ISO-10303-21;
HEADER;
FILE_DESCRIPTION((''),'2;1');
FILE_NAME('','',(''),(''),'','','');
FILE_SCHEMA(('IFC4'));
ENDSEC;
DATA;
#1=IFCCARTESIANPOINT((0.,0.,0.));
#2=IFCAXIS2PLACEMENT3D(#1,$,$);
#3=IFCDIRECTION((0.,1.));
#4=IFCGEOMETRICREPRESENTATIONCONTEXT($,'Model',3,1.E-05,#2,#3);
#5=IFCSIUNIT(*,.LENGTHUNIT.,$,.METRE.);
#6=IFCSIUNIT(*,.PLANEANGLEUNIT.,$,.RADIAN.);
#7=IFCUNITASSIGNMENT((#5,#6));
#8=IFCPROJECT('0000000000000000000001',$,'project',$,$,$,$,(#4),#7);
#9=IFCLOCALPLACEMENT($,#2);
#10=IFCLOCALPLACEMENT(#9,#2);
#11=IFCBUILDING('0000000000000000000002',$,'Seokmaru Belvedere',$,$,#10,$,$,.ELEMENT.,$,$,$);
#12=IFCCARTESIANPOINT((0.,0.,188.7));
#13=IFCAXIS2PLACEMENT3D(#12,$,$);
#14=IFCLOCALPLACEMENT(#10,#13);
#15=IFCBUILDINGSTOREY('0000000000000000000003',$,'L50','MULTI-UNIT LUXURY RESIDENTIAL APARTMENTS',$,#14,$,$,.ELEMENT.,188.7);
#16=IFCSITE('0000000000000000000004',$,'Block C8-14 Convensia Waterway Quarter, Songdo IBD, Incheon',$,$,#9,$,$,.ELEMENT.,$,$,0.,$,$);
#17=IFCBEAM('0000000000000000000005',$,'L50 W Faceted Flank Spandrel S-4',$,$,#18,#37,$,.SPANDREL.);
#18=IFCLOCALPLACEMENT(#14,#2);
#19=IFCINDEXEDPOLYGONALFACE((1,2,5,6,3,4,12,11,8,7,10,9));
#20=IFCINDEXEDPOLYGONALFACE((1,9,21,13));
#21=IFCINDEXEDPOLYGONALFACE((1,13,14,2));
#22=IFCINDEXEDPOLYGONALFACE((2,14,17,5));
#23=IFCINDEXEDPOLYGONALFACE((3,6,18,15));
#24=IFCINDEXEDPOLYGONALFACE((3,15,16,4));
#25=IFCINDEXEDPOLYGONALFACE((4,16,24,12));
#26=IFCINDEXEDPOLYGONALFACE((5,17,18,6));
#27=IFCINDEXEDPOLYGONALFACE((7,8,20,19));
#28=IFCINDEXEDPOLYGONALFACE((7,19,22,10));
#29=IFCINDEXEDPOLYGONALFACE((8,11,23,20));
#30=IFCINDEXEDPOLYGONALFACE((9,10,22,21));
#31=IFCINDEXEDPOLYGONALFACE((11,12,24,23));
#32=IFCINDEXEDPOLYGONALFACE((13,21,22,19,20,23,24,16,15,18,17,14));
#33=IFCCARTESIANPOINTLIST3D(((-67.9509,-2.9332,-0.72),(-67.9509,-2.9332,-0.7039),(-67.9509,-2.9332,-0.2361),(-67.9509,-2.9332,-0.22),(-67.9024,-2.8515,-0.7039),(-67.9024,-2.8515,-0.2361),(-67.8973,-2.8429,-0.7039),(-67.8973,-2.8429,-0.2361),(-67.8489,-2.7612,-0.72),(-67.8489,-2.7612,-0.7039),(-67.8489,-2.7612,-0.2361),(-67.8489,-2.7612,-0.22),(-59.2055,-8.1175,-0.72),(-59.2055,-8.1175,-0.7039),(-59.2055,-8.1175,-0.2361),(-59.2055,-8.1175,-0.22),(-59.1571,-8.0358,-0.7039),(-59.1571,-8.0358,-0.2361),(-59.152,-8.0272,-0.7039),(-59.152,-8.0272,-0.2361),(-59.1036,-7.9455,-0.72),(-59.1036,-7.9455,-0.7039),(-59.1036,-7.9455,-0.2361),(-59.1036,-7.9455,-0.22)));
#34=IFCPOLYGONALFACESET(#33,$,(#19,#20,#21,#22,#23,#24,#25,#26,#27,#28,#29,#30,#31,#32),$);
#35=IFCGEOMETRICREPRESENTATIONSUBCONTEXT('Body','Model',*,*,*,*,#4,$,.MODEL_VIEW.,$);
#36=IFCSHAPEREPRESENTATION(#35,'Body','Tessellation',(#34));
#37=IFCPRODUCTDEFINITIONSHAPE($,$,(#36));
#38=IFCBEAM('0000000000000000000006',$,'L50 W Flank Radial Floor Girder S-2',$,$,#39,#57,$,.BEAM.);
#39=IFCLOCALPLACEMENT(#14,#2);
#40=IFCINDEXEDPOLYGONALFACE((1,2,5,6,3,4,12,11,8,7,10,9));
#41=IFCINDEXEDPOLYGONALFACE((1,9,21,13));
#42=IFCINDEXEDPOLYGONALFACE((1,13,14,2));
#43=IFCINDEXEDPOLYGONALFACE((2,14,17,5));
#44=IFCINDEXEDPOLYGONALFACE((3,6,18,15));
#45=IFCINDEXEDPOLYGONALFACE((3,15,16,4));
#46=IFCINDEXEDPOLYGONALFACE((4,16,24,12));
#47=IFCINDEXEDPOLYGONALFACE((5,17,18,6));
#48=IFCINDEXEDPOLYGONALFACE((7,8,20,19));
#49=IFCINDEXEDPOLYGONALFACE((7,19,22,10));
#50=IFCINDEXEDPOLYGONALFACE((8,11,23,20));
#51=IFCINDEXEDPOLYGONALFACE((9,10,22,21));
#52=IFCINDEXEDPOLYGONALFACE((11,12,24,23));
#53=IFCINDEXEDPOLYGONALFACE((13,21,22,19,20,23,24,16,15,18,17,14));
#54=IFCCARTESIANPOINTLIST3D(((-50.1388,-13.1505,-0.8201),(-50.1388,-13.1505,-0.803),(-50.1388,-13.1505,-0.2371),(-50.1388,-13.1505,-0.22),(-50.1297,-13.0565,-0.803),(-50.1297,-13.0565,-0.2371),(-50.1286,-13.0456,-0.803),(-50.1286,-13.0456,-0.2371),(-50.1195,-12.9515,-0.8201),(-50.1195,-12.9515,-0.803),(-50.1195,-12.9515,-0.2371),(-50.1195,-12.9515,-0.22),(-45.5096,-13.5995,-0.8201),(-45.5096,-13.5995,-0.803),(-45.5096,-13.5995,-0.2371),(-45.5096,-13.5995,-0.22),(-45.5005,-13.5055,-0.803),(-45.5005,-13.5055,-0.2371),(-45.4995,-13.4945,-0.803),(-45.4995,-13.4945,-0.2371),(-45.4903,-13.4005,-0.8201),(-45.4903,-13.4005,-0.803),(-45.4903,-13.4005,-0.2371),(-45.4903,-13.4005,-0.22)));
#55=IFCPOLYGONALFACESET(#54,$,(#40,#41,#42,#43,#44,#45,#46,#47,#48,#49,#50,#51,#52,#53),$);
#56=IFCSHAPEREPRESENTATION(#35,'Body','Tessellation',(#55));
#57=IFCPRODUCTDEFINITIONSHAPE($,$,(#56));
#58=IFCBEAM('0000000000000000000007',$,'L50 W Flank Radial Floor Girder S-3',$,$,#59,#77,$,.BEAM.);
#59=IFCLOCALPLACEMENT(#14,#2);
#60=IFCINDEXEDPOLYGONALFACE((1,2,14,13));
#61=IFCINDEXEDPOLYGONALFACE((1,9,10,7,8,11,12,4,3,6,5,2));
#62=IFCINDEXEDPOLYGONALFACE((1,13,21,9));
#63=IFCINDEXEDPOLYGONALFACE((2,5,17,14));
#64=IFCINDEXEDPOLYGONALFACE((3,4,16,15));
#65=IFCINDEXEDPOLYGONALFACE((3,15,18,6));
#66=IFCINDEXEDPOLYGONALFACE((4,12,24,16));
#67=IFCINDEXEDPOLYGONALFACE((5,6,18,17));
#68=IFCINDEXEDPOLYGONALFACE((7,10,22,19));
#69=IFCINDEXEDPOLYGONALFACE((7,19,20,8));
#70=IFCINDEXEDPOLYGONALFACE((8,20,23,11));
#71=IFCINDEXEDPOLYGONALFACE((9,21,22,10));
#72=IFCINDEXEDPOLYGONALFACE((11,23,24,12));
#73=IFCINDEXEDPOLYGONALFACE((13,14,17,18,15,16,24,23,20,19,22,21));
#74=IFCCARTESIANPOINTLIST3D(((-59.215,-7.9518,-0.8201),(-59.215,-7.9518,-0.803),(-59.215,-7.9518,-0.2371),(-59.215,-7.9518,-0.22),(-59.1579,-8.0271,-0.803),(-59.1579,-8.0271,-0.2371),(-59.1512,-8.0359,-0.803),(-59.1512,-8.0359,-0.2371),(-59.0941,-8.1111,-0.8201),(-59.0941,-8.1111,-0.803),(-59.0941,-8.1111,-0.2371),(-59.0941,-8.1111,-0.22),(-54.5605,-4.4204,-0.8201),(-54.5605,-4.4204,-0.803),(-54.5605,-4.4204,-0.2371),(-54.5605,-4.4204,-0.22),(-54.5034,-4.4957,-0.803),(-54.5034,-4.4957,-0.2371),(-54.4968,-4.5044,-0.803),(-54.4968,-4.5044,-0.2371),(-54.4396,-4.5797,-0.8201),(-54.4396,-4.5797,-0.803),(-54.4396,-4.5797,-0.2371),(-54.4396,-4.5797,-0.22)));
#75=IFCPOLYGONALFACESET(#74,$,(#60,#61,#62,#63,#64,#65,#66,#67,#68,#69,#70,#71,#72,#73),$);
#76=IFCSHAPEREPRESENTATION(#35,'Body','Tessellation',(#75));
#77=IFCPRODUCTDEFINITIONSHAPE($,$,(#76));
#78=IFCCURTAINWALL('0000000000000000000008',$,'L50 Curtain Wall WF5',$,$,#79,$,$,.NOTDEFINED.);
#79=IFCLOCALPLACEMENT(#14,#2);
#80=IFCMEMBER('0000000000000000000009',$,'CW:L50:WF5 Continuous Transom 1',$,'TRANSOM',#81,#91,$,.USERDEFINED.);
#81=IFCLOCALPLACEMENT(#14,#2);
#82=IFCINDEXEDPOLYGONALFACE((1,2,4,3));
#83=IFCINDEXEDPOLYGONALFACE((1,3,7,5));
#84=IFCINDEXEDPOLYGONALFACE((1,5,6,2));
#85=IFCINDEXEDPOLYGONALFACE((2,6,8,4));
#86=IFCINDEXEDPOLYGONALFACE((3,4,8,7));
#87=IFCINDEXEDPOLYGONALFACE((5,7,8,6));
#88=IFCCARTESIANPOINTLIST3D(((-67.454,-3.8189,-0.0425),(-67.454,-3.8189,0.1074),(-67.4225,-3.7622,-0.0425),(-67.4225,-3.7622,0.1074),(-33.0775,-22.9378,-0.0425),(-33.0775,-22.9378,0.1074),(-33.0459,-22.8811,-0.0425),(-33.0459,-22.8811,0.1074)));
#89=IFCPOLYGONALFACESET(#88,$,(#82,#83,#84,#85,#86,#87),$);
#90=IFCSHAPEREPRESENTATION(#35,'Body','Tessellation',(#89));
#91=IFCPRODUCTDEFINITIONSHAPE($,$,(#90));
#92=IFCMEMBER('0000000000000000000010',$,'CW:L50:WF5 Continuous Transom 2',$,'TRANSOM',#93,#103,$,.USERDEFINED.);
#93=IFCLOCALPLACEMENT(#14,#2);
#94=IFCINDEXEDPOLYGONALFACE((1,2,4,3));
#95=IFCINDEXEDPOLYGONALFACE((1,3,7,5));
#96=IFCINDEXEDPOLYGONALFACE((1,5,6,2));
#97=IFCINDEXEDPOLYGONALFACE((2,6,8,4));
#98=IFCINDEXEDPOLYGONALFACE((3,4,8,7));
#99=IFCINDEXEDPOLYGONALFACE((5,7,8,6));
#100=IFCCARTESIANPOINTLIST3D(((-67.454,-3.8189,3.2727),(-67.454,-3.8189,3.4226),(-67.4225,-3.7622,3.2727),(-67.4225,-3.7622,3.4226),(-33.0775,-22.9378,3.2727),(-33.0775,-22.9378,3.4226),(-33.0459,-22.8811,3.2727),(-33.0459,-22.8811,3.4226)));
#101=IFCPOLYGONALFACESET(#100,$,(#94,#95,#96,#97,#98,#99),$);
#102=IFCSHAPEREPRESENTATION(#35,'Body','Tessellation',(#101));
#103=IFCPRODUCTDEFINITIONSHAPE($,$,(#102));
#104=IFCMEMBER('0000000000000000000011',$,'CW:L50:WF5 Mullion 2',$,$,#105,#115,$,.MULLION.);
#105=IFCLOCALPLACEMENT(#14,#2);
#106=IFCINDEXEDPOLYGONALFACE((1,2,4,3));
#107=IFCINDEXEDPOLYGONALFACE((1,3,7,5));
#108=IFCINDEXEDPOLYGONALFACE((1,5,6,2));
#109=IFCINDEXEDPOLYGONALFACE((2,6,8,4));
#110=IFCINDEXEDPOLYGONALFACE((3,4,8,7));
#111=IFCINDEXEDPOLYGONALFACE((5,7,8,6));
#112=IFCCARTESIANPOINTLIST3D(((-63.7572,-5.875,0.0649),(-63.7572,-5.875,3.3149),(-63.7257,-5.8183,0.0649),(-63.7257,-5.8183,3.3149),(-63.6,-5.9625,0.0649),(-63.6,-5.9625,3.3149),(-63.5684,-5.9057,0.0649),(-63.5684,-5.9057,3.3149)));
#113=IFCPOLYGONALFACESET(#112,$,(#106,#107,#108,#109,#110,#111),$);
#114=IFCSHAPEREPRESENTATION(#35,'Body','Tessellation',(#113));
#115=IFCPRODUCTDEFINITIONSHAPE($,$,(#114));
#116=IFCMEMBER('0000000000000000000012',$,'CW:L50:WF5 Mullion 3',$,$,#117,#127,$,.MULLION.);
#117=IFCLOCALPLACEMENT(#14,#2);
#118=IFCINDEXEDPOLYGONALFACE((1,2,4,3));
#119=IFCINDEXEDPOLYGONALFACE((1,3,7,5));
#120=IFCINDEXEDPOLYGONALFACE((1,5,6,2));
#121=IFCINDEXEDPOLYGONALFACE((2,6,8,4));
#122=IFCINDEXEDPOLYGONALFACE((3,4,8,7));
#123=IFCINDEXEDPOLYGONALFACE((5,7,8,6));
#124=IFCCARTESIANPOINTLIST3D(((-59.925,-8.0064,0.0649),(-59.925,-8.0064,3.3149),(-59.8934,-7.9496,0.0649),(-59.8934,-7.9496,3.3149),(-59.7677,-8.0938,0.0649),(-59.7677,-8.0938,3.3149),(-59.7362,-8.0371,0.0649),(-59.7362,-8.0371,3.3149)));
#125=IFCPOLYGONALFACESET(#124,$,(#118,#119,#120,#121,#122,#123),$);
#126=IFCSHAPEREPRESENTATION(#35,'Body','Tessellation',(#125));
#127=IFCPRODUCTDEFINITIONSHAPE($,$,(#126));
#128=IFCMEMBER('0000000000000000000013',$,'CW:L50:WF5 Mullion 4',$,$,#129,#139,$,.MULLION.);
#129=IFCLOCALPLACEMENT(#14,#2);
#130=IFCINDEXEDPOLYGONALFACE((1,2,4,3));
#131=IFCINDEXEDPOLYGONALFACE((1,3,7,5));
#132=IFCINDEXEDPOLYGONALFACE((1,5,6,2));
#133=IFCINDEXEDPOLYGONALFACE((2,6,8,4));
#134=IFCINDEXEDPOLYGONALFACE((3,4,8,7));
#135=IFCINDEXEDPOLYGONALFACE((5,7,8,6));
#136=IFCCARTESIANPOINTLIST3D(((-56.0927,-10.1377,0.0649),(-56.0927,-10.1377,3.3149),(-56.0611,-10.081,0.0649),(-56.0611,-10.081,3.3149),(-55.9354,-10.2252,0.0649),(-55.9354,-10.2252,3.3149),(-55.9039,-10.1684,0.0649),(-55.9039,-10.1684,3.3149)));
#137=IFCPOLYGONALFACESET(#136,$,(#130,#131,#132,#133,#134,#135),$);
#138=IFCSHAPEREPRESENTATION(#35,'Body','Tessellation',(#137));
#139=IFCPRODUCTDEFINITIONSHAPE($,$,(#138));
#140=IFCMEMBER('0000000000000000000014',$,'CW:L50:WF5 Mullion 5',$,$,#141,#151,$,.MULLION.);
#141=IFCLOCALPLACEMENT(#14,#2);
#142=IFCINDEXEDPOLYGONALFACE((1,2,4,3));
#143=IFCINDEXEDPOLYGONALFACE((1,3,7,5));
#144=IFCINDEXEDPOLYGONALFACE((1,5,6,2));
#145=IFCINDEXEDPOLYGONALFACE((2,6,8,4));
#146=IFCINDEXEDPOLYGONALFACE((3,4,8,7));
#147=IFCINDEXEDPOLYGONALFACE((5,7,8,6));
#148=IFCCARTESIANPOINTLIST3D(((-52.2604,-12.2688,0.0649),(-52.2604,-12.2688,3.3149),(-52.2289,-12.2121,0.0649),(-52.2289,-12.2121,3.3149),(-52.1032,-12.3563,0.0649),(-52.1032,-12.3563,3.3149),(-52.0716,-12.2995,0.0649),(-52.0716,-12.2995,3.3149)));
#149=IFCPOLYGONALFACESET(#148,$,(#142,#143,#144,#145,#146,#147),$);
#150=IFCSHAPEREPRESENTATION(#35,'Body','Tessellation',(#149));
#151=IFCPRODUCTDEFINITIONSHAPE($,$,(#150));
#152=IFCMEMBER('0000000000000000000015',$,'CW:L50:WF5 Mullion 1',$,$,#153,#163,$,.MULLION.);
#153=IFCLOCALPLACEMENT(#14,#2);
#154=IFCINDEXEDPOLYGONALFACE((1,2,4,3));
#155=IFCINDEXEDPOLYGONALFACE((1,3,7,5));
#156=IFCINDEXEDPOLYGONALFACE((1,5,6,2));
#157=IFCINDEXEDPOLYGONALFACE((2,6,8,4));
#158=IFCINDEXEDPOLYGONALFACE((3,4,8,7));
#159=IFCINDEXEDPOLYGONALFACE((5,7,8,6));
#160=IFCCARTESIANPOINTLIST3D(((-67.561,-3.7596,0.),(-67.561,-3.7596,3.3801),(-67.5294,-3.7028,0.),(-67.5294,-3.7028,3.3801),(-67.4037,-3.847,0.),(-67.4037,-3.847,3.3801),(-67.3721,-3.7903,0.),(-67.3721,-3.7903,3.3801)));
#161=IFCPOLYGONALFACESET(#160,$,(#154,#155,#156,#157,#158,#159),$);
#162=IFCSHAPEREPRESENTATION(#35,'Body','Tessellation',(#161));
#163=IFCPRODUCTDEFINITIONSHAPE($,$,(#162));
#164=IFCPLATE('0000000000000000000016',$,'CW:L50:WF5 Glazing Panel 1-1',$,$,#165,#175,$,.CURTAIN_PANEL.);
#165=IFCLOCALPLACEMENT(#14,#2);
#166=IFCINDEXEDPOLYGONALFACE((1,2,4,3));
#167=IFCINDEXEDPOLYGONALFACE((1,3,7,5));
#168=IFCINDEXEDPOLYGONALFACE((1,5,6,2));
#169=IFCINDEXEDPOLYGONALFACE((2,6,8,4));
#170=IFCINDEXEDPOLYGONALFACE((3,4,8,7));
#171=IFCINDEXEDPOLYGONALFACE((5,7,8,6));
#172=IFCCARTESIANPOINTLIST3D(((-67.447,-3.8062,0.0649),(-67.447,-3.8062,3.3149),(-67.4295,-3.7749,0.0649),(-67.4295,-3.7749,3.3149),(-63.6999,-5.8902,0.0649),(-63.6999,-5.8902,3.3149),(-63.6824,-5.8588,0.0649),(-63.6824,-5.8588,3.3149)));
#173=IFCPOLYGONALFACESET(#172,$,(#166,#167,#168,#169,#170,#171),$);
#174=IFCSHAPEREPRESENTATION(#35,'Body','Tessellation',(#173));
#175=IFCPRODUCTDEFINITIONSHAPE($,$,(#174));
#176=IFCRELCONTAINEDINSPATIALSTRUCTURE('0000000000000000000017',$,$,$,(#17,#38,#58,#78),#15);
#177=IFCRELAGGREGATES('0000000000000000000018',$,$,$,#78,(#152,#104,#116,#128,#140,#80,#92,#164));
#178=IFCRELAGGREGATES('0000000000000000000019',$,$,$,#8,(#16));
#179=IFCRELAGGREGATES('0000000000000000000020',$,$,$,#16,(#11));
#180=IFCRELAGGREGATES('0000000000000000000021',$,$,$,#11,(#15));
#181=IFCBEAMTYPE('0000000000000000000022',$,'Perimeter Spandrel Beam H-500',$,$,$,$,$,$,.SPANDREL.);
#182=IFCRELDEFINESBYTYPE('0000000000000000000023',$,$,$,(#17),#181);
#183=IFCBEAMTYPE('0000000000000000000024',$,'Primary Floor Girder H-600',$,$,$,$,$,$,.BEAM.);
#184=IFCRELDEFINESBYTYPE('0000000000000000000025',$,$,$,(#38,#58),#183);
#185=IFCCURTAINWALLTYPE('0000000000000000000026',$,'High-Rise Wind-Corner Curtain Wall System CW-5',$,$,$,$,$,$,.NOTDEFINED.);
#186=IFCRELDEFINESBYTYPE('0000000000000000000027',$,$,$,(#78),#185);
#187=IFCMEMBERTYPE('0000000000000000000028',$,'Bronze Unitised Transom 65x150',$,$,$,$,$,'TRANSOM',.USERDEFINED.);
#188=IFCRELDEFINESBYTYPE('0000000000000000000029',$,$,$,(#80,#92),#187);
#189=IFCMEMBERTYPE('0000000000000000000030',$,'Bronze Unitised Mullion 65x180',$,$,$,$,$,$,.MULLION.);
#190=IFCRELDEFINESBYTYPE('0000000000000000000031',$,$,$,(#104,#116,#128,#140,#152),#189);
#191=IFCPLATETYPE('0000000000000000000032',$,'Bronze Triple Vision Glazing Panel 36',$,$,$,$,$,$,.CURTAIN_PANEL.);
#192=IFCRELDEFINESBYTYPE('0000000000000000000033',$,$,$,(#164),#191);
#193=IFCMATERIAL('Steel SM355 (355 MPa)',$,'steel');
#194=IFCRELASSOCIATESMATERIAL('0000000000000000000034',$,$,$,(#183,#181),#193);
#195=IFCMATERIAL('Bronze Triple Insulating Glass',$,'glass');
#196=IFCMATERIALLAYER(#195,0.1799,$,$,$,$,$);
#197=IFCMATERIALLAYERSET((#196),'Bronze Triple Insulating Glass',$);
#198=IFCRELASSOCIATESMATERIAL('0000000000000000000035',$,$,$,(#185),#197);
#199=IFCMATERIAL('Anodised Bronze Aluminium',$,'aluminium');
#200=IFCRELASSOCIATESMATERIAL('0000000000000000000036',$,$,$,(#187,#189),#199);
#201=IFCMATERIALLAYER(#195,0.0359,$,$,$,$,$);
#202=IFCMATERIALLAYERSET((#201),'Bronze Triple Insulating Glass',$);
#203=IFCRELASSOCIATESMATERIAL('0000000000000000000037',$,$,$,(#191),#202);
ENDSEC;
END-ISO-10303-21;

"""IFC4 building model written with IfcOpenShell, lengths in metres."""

from ifc_helpers import new_model, si_unit, direction, frame, origin, origin_2d, place, context, subcontext, project, spatial, rectangle, i_section, extrude, source, transform, mapped, material, layer, layer_set, material_profile, profile_set, type_object, type_shapes, element, aggregate, save


model = new_model("IFC4")

# Units and contexts
model_context = context("Model", 3, precision=1e-05, world=origin(), true_north=direction((0.0, 1.0)))
body_context = subcontext(model_context, "Body", "Model", "MODEL_VIEW")
ifc_project = project(units=[si_unit("LENGTHUNIT", "METRE"), si_unit("PLANEANGLEUNIT", "RADIAN")], contexts=[model_context])

# Site, building, storey
site_placement = place(None, origin())
site = spatial("IfcSite", under=ifc_project, at=site_placement, Name="Block C8-14 Convensia Waterway Quarter, Songdo IBD, Incheon", CompositionType="ELEMENT", RefElevation=0.0)
building_placement = place(site_placement, origin())
building = spatial("IfcBuilding", under=site, at=building_placement, Name="Seokmaru Belvedere", CompositionType="ELEMENT")
storey_placement = place(building_placement, frame((0.0, 0.0, 188.7)))
storey = spatial("IfcBuildingStorey", under=building, at=storey_placement, Name="L50", Description="MULTI-UNIT LUXURY RESIDENTIAL APARTMENTS", CompositionType="ELEMENT", Elevation=188.7)

# Shared definitions
ifc_material_1 = material(Name="Steel SM355 (355 MPa)", Category="steel")

# Beams
ifc_material_profile_1 = material_profile(ifc_material_1, i_section(OverallWidth=0.2, OverallDepth=0.6001, WebThickness=0.011, FlangeThickness=0.0171, at=origin_2d()), Name="H-600x200x11x17")
ifc_profile_set_1 = profile_set([ifc_material_profile_1], Name="Steel SM355 (355 MPa)")
beam_type_1 = type_object("IfcBeamType", Name="Primary Floor Girder H-600", PredefinedType="BEAM", material=ifc_profile_set_1)
ifc_material_profile_2 = material_profile(ifc_material_1, i_section(OverallWidth=0.2, OverallDepth=0.5, WebThickness=0.01, FlangeThickness=0.0161, at=origin_2d()), Name="H-500x200x10x16")
ifc_profile_set_2 = profile_set([ifc_material_profile_2], Name="Steel SM355 (355 MPa)")
beam_type_2 = type_object("IfcBeamType", Name="Perimeter Spandrel Beam H-500", PredefinedType="SPANDREL", material=ifc_profile_set_2)
shared_shape_1 = source(origin(), body_context, "Body", "SweptSolid", [
    extrude(i_section(OverallWidth=0.2, OverallDepth=0.5, WebThickness=0.01, FlangeThickness=0.0161, at=origin_2d()), origin(), (0.0, 0.0, 1.0), 10.1665),
])
beam_1_placement = place(storey_placement, frame((-59.1545, -8.0315, -0.47), z_axis=(-0.86021, 0.50994, 0.0), x_axis=(-0.50994, -0.86021, 0.0)))
element("IfcBeam", 1, at=beam_1_placement, inside=storey, type_object=beam_type_2, Name="L50 W Faceted Flank Spandrel S-4", PredefinedType="SPANDREL", context=body_context, shape_type="MappedRepresentation", body=[
    mapped(shared_shape_1, transform((0.0, 0.0, 0.0), scale=1.0)),
])
shared_shape_2 = source(origin(), body_context, "Body", "SweptSolid", [
    extrude(i_section(OverallWidth=0.2, OverallDepth=0.6001, WebThickness=0.011, FlangeThickness=0.0171, at=origin_2d()), origin(), (0.0, 0.0, 1.0), 4.6509),
])
beam_2_placement = place(storey_placement, frame((-50.1292, -13.051, -0.52), z_axis=(0.99533, -0.096536, 0.0), x_axis=(0.096536, 0.99533, 0.0)))
element("IfcBeam", 2, at=beam_2_placement, inside=storey, type_object=beam_type_1, Name="L50 W Flank Radial Floor Girder S-2", PredefinedType="BEAM", context=body_context, shape_type="MappedRepresentation", body=[
    mapped(shared_shape_2, transform((0.0, 0.0, 0.0), scale=1.0)),
])
shared_shape_3 = source(origin(), body_context, "Body", "SweptSolid", [
    extrude(i_section(OverallWidth=0.2, OverallDepth=0.6001, WebThickness=0.011, FlangeThickness=0.0171, at=origin_2d()), origin(), (0.0, 0.0, 1.0), 5.8425),
])
beam_3_placement = place(storey_placement, frame((-59.1545, -8.0315, -0.52), z_axis=(0.796653, 0.604437, 0.0), x_axis=(-0.604437, 0.796653, 0.0)))
element("IfcBeam", 3, at=beam_3_placement, inside=storey, type_object=beam_type_1, Name="L50 W Flank Radial Floor Girder S-3", PredefinedType="BEAM", context=body_context, shape_type="MappedRepresentation", body=[
    mapped(shared_shape_3, transform((0.0, 0.0, 0.0), scale=1.0)),
])

# Curtain wall, members, plate
ifc_material_2 = material(Name="Bronze Triple Insulating Glass", Category="glass")
ifc_layer_1 = layer(ifc_material_2, 0.1799)
ifc_layer_set_1 = layer_set([ifc_layer_1], Name="Bronze Triple Insulating Glass")
curtain_wall_type = type_object("IfcCurtainWallType", Name="High-Rise Wind-Corner Curtain Wall System CW-5", PredefinedType="NOTDEFINED", material=ifc_layer_set_1)
curtain_wall_placement = place(storey_placement, origin())
curtain_wall = element("IfcCurtainWall", 4, at=curtain_wall_placement, inside=storey, type_object=curtain_wall_type, Name="L50 Curtain Wall WF5", PredefinedType="NOTDEFINED")
ifc_material_3 = material(Name="Anodised Bronze Aluminium", Category="aluminium")
ifc_material_profile_3 = material_profile(ifc_material_3, rectangle(XDim=0.0649, YDim=0.1499, at=origin_2d()), Name="CW-T-65x150")
ifc_profile_set_3 = profile_set([ifc_material_profile_3], Name="Anodised Bronze Aluminium")
member_type_1 = type_object("IfcMemberType", Name="Bronze Unitised Transom 65x150", ElementType="TRANSOM", PredefinedType="USERDEFINED", material=ifc_profile_set_3)
shared_shape_4 = source(origin(), body_context, "Body", "SweptSolid", [
    extrude(rectangle(XDim=0.0649, YDim=0.1499, at=origin_2d()), origin(), (0.0, 0.0, 1.0), 39.3354),
])
type_shapes(member_type_1, [shared_shape_4])
member_1_placement = place(storey_placement, frame((-67.4382, -3.7905, 0.0325), z_axis=(0.873932, -0.486048, 0.0), x_axis=(0.486048, 0.873932, 0.0)))
member_1 = element("IfcMember", 5, at=member_1_placement, type_object=member_type_1, Name="CW:L50:WF5 Continuous Transom 1", ObjectType="TRANSOM", PredefinedType="USERDEFINED", context=body_context, shape_type="MappedRepresentation", body=[
    mapped(shared_shape_4, transform((0.0, 0.0, 0.0), scale=1.0)),
])
member_2_placement = place(storey_placement, frame((-67.4382, -3.7905, 3.3477), z_axis=(0.873932, -0.486048, 0.0), x_axis=(0.486048, 0.873932, 0.0)))
member_2 = element("IfcMember", 6, at=member_2_placement, type_object=member_type_1, Name="CW:L50:WF5 Continuous Transom 2", ObjectType="TRANSOM", PredefinedType="USERDEFINED", context=body_context, shape_type="MappedRepresentation", body=[
    mapped(shared_shape_4, transform((0.0, 0.0, 0.0), scale=1.0)),
])
ifc_material_profile_4 = material_profile(ifc_material_3, rectangle(XDim=0.0649, YDim=0.1799, at=origin_2d()), Name="CW-M-65x180")
ifc_profile_set_4 = profile_set([ifc_material_profile_4], Name="Anodised Bronze Aluminium")
member_type_2 = type_object("IfcMemberType", Name="Bronze Unitised Mullion 65x180", PredefinedType="MULLION", material=ifc_profile_set_4)
shared_shape_5 = source(origin(), body_context, "Body", "SweptSolid", [
    extrude(rectangle(XDim=0.0649, YDim=0.1799, at=origin_2d()), origin(), (0.0, 0.0, 1.0), 3.25),
])
member_3_placement = place(storey_placement, frame((-63.6628, -5.8904, 0.0649), z_axis=(0.0, 0.0, 1.0), x_axis=(0.486047, 0.873933, 0.0)))
member_3 = element("IfcMember", 7, at=member_3_placement, type_object=member_type_2, Name="CW:L50:WF5 Mullion 2", PredefinedType="MULLION", context=body_context, shape_type="MappedRepresentation", body=[
    mapped(shared_shape_5, transform((0.0, 0.0, 0.0), scale=1.0)),
])
member_4_placement = place(storey_placement, frame((-59.8306, -8.0217, 0.0649), z_axis=(0.0, 0.0, 1.0), x_axis=(0.486047, 0.873933, 0.0)))
member_4 = element("IfcMember", 8, at=member_4_placement, type_object=member_type_2, Name="CW:L50:WF5 Mullion 3", PredefinedType="MULLION", context=body_context, shape_type="MappedRepresentation", body=[
    mapped(shared_shape_5, transform((0.0, 0.0, 0.0), scale=1.0)),
])
member_5_placement = place(storey_placement, frame((-55.9983, -10.1531, 0.0649), z_axis=(0.0, 0.0, 1.0), x_axis=(0.486047, 0.873933, 0.0)))
member_5 = element("IfcMember", 9, at=member_5_placement, type_object=member_type_2, Name="CW:L50:WF5 Mullion 4", PredefinedType="MULLION", context=body_context, shape_type="MappedRepresentation", body=[
    mapped(shared_shape_5, transform((0.0, 0.0, 0.0), scale=1.0)),
])
member_6_placement = place(storey_placement, frame((-52.166, -12.2842, 0.0649), z_axis=(0.0, 0.0, 1.0), x_axis=(0.486047, 0.873933, 0.0)))
member_6 = element("IfcMember", 10, at=member_6_placement, type_object=member_type_2, Name="CW:L50:WF5 Mullion 5", PredefinedType="MULLION", context=body_context, shape_type="MappedRepresentation", body=[
    mapped(shared_shape_5, transform((0.0, 0.0, 0.0), scale=1.0)),
])
shared_shape_6 = source(origin(), body_context, "Body", "SweptSolid", [
    extrude(rectangle(XDim=0.0649, YDim=0.1799, at=origin_2d()), origin(), (0.0, 0.0, 1.0), 3.3801),
])
type_shapes(member_type_2, [shared_shape_5, shared_shape_6])
member_7_placement = place(storey_placement, frame((-67.4666, -3.7749, 0.0), z_axis=(0.0, 0.0, 1.0), x_axis=(0.486047, 0.873933, 0.0)))
member_7 = element("IfcMember", 11, at=member_7_placement, type_object=member_type_2, Name="CW:L50:WF5 Mullion 1", PredefinedType="MULLION", context=body_context, shape_type="MappedRepresentation", body=[
    mapped(shared_shape_6, transform((0.0, 0.0, 0.0), scale=1.0)),
])
ifc_layer_2 = layer(ifc_material_2, 0.0359)
ifc_layer_set_2 = layer_set([ifc_layer_2], Name="Bronze Triple Insulating Glass")
plate_type = type_object("IfcPlateType", Name="Bronze Triple Vision Glazing Panel 36", PredefinedType="CURTAIN_PANEL", material=ifc_layer_set_2)
shared_shape_7 = source(origin(), body_context, "Body", "SweptSolid", [
    extrude(rectangle(XDim=4.2876, YDim=0.0359, at=origin_2d()), origin(), (0.0, 0.0, 1.0), 3.25),
])
plate_1_placement = place(storey_placement, frame((-65.5647, -4.8325, 0.0649), z_axis=(0.0, 0.0, 1.0), x_axis=(0.873933, -0.486047, 0.0)))
plate_1 = element("IfcPlate", 12, at=plate_1_placement, type_object=plate_type, Name="CW:L50:WF5 Glazing Panel 1-1", PredefinedType="CURTAIN_PANEL", context=body_context, shape_type="MappedRepresentation", body=[
    mapped(shared_shape_7, transform((0.0, 0.0, 0.0), scale=1.0)),
])
aggregate(curtain_wall, [member_7, member_3, member_4, member_5, member_6, member_1, member_2, plate_1])

save(model, "model.ifc")
